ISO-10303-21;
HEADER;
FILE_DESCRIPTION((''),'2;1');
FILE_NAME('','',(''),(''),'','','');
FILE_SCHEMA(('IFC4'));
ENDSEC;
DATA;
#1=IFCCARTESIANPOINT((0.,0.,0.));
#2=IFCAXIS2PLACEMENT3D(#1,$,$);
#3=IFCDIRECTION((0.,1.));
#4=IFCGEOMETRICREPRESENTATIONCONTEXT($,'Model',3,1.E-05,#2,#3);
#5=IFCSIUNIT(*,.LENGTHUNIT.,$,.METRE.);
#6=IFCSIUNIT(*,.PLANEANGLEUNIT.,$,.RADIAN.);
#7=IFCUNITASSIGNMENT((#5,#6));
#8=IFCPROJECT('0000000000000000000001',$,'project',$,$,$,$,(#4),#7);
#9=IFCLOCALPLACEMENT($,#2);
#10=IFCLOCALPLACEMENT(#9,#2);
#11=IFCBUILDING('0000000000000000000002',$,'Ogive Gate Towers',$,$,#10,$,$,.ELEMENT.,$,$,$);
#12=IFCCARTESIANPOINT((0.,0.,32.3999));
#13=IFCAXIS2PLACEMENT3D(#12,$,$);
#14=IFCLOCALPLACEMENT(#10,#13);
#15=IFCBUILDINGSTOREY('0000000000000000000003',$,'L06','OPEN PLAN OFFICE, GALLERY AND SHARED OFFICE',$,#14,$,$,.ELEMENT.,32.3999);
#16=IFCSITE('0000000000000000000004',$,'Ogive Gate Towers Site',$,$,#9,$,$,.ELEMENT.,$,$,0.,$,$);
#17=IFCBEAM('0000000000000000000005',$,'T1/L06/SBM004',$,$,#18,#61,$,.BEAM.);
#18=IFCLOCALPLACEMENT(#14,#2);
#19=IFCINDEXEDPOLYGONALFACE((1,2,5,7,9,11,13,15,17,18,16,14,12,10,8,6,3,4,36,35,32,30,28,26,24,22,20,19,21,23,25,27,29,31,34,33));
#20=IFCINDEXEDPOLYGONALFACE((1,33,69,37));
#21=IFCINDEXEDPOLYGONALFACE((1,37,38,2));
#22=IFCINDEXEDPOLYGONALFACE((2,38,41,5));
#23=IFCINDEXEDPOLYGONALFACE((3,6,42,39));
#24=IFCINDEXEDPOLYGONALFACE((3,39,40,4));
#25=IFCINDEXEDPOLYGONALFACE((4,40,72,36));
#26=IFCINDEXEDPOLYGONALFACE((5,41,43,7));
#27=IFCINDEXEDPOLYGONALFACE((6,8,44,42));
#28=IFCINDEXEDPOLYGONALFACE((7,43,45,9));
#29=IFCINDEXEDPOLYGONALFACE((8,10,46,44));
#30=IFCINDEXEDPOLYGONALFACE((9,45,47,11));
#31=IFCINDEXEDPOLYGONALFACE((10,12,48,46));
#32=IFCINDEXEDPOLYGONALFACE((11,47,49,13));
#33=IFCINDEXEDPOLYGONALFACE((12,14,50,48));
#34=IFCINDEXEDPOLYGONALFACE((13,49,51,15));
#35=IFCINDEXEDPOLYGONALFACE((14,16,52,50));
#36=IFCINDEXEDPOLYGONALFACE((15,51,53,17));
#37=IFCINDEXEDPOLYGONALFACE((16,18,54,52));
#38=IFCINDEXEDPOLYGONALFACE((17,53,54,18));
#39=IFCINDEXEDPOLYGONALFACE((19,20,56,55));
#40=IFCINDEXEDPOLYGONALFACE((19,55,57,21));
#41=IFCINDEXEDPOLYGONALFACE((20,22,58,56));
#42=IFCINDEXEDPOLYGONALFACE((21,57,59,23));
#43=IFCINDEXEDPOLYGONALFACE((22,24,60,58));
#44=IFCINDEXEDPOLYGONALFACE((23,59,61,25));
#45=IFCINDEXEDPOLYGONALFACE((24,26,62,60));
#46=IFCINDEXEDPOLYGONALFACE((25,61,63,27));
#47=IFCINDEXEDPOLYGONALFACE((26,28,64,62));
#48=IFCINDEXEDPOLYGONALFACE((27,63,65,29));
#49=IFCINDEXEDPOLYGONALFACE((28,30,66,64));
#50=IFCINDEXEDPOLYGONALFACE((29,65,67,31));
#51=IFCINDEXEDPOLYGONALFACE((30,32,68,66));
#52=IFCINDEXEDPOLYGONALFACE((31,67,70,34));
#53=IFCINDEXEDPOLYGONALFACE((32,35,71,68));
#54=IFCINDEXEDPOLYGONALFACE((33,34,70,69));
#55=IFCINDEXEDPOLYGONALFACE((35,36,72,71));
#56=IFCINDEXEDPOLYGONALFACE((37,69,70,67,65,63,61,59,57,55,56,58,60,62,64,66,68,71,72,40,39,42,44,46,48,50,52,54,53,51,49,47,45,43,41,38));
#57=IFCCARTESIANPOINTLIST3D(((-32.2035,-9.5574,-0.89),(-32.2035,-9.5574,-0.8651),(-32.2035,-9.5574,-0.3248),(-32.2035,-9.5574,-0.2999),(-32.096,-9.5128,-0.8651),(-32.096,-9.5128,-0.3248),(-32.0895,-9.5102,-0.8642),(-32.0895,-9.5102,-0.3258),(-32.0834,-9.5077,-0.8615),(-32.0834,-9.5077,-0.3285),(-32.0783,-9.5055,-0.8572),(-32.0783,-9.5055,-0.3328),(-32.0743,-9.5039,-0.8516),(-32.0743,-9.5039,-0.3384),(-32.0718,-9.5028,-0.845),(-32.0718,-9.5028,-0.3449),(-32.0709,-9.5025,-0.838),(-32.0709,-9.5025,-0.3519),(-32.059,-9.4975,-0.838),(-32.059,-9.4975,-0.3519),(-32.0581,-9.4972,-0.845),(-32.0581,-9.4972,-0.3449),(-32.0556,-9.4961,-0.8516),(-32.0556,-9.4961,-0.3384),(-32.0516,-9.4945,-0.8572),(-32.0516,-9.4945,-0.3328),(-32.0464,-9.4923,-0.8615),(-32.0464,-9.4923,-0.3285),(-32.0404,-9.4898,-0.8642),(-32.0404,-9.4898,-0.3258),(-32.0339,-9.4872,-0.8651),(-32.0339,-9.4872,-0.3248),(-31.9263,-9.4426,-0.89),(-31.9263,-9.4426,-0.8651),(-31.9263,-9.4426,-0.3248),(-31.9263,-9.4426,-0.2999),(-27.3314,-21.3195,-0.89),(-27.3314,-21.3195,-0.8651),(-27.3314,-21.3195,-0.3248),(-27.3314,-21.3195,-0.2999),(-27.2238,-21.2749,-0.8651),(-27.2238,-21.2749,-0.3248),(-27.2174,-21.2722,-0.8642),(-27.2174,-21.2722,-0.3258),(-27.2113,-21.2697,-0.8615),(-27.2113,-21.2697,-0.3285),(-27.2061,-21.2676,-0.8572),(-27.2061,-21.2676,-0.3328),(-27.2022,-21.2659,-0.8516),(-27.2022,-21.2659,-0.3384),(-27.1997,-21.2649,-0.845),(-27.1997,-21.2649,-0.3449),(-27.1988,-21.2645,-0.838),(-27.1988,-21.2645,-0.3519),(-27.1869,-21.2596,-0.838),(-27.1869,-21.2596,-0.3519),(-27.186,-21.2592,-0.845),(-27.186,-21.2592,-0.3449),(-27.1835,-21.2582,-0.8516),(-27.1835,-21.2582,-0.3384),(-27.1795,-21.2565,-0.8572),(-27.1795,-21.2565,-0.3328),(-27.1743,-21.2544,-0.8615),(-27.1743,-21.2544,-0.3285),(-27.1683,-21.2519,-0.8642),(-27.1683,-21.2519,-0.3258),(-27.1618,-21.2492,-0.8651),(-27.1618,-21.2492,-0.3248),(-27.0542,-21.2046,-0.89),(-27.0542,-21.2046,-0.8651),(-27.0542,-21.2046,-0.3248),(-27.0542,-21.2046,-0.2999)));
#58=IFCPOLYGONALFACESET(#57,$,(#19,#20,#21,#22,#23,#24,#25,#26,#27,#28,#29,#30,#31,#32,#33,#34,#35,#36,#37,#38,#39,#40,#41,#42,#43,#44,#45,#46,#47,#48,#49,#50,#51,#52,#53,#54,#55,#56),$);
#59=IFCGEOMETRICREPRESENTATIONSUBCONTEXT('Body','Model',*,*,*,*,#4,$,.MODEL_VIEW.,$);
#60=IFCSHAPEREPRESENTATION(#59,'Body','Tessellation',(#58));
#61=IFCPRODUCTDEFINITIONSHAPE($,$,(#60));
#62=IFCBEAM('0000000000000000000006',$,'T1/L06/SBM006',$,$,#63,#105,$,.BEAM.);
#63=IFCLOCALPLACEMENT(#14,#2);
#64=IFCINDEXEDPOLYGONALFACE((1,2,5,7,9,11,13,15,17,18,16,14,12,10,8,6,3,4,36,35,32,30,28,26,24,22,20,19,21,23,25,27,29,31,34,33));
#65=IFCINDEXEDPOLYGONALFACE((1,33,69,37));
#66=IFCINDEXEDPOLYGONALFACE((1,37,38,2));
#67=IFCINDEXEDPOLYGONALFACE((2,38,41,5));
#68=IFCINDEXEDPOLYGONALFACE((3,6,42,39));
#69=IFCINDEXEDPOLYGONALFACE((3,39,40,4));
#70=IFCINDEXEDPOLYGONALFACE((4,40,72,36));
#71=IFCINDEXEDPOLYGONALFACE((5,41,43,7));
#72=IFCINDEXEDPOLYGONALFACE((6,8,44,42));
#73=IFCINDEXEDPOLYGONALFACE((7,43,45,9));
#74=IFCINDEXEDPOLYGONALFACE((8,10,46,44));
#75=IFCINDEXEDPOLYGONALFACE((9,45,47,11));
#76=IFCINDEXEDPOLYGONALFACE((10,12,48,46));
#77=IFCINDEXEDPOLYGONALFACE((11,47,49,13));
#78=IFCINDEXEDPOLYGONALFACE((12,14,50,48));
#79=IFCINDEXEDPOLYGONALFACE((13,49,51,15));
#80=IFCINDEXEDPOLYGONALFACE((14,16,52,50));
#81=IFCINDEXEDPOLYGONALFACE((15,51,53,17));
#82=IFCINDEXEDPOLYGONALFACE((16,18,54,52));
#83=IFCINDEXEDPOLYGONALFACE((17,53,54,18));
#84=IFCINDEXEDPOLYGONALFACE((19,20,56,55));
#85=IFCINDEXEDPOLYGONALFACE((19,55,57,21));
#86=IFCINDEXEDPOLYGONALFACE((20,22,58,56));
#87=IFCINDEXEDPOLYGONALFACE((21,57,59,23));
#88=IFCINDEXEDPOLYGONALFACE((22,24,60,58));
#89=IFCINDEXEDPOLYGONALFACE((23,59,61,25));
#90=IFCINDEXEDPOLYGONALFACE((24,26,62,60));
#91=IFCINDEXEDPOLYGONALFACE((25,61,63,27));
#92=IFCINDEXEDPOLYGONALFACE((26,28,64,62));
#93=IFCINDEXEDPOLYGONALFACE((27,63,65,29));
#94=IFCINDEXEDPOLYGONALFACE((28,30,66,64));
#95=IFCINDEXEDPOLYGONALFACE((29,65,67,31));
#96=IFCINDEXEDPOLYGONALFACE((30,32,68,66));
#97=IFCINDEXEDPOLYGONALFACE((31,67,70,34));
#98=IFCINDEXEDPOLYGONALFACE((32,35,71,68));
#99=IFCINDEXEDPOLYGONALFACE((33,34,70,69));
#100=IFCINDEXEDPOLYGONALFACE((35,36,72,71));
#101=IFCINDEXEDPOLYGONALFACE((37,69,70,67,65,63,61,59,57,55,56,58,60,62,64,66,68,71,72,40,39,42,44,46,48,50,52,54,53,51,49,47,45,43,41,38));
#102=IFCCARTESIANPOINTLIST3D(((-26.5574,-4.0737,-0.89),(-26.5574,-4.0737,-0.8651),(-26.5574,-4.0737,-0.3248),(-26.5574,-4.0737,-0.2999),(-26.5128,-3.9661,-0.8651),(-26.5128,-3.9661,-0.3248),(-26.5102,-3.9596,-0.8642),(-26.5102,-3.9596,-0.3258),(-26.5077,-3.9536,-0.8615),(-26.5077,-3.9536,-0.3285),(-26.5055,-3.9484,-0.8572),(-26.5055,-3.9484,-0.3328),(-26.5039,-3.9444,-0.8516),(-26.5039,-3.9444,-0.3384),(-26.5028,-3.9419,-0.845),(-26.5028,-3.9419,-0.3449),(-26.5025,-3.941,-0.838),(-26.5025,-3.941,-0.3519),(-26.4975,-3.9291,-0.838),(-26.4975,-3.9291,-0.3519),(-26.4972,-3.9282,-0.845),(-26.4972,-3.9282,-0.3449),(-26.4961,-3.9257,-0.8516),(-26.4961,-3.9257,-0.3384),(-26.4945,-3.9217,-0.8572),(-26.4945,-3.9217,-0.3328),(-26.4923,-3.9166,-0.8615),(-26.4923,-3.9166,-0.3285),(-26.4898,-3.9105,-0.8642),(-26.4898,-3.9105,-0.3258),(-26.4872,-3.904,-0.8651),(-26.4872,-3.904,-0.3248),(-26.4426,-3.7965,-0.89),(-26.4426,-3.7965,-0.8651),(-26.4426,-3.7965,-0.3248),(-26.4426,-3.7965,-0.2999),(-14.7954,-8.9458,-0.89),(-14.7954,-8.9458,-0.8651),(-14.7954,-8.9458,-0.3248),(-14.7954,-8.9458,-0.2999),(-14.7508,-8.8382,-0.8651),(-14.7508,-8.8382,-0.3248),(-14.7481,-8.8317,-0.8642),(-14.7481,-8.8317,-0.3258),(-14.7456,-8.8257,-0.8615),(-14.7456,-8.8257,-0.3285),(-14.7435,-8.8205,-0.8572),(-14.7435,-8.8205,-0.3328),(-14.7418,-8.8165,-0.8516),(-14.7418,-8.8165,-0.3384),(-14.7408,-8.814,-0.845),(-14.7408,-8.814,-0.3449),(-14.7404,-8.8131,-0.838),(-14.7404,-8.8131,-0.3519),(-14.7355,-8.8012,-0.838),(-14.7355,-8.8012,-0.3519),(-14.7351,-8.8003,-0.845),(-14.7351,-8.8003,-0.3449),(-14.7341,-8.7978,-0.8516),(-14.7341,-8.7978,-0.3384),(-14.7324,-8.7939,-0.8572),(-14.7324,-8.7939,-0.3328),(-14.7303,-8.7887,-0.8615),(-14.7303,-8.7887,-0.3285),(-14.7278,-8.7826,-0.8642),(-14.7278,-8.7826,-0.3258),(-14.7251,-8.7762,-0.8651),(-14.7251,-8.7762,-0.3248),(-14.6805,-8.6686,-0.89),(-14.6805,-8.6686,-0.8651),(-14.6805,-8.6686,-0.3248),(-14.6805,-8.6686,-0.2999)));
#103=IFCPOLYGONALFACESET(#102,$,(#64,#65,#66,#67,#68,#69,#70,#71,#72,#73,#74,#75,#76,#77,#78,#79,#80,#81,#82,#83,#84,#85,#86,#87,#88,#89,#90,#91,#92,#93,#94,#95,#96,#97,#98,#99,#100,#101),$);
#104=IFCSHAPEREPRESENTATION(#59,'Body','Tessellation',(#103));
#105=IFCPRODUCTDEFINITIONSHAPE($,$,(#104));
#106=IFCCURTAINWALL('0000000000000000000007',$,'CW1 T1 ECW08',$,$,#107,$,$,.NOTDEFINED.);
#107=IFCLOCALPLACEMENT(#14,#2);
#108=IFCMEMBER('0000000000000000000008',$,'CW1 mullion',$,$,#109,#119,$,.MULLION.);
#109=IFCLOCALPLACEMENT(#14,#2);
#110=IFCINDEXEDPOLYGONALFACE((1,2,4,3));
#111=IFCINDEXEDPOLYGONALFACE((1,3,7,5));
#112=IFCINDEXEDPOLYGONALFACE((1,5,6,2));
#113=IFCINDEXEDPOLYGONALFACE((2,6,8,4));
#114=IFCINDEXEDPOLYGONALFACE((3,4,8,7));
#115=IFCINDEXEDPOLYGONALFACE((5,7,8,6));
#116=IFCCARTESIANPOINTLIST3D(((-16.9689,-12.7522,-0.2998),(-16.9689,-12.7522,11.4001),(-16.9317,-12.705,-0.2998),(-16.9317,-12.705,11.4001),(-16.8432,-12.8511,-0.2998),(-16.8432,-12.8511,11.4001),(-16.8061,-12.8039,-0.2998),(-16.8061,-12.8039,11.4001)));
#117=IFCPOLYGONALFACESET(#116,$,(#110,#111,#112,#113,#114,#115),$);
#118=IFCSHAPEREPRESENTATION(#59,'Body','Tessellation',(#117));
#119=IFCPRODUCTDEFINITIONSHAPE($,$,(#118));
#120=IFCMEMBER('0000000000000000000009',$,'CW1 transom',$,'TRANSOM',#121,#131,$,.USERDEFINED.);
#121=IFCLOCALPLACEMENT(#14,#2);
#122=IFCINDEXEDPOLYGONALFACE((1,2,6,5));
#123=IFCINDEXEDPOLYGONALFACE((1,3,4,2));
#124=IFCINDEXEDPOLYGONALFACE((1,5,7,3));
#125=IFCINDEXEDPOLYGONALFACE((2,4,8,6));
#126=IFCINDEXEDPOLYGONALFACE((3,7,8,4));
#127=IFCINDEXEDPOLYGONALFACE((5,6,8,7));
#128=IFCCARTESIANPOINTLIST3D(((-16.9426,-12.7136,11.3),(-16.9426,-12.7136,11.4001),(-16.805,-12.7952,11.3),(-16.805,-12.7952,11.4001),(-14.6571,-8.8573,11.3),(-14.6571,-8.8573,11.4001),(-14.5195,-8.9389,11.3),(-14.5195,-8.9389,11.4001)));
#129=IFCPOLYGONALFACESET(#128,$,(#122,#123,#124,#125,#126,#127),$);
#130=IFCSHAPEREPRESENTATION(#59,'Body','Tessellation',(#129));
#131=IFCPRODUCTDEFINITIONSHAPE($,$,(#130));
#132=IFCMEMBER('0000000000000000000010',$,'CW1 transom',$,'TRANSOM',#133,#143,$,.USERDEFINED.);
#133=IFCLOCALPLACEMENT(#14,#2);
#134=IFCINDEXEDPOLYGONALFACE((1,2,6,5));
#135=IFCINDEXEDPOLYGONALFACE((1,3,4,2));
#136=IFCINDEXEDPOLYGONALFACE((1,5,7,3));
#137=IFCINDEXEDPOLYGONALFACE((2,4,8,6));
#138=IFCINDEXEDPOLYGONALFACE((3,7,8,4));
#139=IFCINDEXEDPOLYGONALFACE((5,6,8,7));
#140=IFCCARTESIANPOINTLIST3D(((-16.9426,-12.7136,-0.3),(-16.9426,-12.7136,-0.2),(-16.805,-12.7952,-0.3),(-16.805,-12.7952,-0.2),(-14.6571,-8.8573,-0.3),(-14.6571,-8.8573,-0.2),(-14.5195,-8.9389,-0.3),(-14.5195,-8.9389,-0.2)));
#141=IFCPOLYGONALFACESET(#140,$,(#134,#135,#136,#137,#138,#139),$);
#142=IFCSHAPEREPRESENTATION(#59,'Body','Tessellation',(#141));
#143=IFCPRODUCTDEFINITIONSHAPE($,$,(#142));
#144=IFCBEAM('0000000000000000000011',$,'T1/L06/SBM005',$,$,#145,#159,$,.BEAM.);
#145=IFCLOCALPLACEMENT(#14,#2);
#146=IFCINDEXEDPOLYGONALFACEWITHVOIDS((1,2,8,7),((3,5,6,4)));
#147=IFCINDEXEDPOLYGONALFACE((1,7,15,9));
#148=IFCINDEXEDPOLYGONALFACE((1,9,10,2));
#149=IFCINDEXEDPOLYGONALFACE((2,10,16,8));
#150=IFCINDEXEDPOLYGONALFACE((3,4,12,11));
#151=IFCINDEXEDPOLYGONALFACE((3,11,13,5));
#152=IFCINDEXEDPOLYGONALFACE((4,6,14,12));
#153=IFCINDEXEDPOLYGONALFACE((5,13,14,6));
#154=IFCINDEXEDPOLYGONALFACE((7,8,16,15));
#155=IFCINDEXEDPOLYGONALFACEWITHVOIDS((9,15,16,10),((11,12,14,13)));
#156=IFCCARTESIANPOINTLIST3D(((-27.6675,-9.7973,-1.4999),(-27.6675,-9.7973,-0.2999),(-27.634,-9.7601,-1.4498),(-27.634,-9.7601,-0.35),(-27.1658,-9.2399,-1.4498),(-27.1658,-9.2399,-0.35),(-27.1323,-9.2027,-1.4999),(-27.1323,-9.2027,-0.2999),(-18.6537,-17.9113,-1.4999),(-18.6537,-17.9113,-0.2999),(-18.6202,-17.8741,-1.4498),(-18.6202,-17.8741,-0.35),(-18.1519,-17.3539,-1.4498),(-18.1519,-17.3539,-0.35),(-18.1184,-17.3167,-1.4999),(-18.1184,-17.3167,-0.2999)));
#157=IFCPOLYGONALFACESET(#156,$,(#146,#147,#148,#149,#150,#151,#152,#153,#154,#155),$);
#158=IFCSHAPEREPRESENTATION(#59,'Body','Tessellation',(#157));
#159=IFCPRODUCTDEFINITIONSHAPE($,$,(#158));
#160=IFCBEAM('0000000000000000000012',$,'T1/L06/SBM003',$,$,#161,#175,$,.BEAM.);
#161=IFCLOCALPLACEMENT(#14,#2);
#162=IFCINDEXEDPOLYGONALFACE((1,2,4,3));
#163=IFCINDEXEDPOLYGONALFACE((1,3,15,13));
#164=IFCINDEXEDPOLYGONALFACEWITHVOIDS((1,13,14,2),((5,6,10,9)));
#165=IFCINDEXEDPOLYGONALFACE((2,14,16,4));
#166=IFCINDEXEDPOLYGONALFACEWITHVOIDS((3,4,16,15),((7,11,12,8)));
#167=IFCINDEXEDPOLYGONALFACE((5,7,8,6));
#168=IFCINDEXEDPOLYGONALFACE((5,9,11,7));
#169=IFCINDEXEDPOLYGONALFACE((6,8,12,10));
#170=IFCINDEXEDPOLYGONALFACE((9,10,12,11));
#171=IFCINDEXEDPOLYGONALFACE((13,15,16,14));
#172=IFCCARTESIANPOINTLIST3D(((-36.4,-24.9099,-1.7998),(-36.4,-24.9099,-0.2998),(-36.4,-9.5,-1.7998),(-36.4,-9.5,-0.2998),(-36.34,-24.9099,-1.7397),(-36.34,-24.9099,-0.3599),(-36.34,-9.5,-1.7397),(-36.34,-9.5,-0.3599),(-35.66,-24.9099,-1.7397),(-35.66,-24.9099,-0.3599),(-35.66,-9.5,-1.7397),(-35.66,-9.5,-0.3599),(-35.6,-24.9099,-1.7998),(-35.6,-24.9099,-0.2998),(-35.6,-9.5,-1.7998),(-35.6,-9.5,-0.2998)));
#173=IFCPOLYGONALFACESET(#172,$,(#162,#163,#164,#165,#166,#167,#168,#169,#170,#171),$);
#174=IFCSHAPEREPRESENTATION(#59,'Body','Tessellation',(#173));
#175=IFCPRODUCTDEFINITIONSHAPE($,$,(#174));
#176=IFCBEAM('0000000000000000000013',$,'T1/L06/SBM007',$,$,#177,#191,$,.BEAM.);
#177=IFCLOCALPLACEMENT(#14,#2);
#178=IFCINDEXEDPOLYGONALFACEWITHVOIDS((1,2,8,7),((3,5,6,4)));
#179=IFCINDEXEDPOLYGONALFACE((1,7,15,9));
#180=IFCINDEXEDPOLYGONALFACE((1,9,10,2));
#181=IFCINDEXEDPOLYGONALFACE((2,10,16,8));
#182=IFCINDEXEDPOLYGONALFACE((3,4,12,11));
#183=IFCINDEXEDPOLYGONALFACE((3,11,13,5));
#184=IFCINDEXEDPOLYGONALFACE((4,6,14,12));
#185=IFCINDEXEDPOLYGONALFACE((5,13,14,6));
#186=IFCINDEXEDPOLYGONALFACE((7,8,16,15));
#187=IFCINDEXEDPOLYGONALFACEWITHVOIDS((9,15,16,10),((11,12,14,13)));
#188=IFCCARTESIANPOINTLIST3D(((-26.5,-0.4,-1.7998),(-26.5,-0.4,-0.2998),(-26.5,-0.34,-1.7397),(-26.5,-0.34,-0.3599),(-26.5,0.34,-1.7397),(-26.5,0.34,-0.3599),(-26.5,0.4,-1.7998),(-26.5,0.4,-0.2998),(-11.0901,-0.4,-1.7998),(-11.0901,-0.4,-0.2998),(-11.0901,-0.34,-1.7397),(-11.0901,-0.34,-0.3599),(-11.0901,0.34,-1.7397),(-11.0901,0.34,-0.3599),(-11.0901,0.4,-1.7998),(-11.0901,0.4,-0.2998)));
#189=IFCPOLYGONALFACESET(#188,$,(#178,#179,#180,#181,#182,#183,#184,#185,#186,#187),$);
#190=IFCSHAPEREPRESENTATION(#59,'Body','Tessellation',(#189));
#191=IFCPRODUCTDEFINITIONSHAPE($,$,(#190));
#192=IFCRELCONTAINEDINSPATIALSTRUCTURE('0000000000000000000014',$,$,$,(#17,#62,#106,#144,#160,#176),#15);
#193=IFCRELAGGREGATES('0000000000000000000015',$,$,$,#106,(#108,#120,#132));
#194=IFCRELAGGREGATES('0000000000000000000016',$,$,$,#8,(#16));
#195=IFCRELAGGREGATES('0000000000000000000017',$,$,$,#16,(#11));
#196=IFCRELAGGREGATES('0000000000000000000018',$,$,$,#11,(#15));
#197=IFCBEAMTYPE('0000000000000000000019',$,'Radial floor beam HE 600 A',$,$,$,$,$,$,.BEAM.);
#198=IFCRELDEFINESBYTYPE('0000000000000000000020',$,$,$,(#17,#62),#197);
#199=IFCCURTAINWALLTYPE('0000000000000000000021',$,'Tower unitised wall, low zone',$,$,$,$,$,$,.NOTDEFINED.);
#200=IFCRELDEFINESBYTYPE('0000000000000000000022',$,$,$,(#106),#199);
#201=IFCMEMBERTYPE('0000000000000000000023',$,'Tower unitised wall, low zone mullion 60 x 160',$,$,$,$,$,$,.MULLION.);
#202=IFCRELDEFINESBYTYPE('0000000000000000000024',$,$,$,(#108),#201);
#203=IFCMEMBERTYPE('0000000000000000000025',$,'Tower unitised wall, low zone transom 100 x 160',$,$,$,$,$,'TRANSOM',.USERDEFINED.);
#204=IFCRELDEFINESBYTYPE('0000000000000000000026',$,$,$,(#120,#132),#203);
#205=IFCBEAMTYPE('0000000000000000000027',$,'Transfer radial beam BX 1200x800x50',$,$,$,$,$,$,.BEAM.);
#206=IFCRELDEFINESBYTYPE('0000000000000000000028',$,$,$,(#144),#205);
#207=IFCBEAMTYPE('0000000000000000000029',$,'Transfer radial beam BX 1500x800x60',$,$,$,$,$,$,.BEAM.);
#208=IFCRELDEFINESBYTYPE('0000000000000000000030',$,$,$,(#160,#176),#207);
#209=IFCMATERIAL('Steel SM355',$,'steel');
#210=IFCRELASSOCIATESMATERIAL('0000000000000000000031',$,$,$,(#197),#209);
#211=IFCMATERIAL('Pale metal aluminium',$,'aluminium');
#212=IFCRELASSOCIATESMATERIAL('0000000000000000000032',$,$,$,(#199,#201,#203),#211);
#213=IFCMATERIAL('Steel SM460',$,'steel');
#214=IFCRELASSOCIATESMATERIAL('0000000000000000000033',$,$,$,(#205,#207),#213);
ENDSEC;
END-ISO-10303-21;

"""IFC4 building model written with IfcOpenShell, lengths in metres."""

from ifc_helpers import new_model, si_unit, direction, frame, origin, origin_2d, place, context, subcontext, project, spatial, rectangle, hollow_rectangle, i_section, extrude, material, material_profile, profile_set, type_object, element, aggregate, save


model = new_model("IFC4")

# Units and contexts
model_context = context("Model", 3, precision=1e-05, world=origin(), true_north=direction((0.0, 1.0)))
body_context = subcontext(model_context, "Body", "Model", "MODEL_VIEW")
ifc_project = project(units=[si_unit("LENGTHUNIT", "METRE"), si_unit("PLANEANGLEUNIT", "RADIAN")], contexts=[model_context])

# Site, building, storey
site_placement = place(None, origin())
site = spatial("IfcSite", under=ifc_project, at=site_placement, Name="Ogive Gate Towers Site", CompositionType="ELEMENT", RefElevation=0.0)
building_placement = place(site_placement, origin())
building = spatial("IfcBuilding", under=site, at=building_placement, Name="Ogive Gate Towers", CompositionType="ELEMENT")
storey_placement = place(building_placement, frame((0.0, 0.0, 32.3999)))
storey = spatial("IfcBuildingStorey", under=building, at=storey_placement, Name="L06", Description="OPEN PLAN OFFICE, GALLERY AND SHARED OFFICE", CompositionType="ELEMENT", Elevation=32.3999)

# Beams
ifc_material_1 = material(Name="Steel SM355", Category="steel")
ifc_material_profile_1 = material_profile(ifc_material_1, i_section(OverallWidth=0.3, OverallDepth=0.5901, WebThickness=0.0129, FlangeThickness=0.0249, FilletRadius=0.0271, at=origin_2d()), Name="HE 600 A")
ifc_profile_set_1 = profile_set([ifc_material_profile_1], Name="Steel SM355")
beam_type_1 = type_object("IfcBeamType", Name="Radial floor beam HE 600 A", PredefinedType="BEAM", material=ifc_profile_set_1)
for number, where, z_axis, x_axis, name in (
    (1, (-32.0649, -9.5, -0.595), (0.382691, -0.923877, 0.0), (0.923877, 0.382691, 0.0), "T1/L06/SBM004"),
    (2, (-26.5, -3.9351, -0.595), (0.923877, -0.382691, 0.0), (0.382691, 0.923877, 0.0), "T1/L06/SBM006"),
):
    element("IfcBeam", number, at=place(storey_placement, frame(where, z_axis=z_axis, x_axis=x_axis)), inside=storey, type_object=beam_type_1, Name=name, PredefinedType="BEAM", context=body_context, shape_type="SweptSolid", body=[
        extrude(i_section(OverallWidth=0.3, OverallDepth=0.5901, WebThickness=0.0129, FlangeThickness=0.0249, FilletRadius=0.0271, at=origin_2d()), origin(), (0.0, 0.0, 1.0), 12.7312),
    ])

# Curtain wall, members
ifc_material_2 = material(Name="Pale metal aluminium", Category="aluminium")
curtain_wall_type = type_object("IfcCurtainWallType", Name="Tower unitised wall, low zone", PredefinedType="NOTDEFINED", material=ifc_material_2)
curtain_wall_placement = place(storey_placement, origin())
curtain_wall = element("IfcCurtainWall", 3, at=curtain_wall_placement, inside=storey, type_object=curtain_wall_type, Name="CW1 T1 ECW08", PredefinedType="NOTDEFINED")
ifc_material_profile_2 = material_profile(ifc_material_2, rectangle(XDim=0.1599, YDim=0.0601, at=origin_2d()), Name="60 x 160 aluminium box")
ifc_profile_set_2 = profile_set([ifc_material_profile_2], Name="Pale metal aluminium")
member_type_1 = type_object("IfcMemberType", Name="Tower unitised wall, low zone mullion 60 x 160", PredefinedType="MULLION", material=ifc_profile_set_2)
member_1_placement = place(storey_placement, frame((-16.8875, -12.7781, -0.2998), z_axis=(0.0, 0.0, 1.0), x_axis=(0.78576, -0.618532, 0.0)))
member_1 = element("IfcMember", 4, at=member_1_placement, type_object=member_type_1, Name="CW1 mullion", PredefinedType="MULLION", context=body_context, shape_type="SweptSolid", body=[
    extrude(rectangle(XDim=0.1599, YDim=0.0601, at=origin_2d()), origin(), (0.0, 0.0, 1.0), 11.7),
])
ifc_material_profile_3 = material_profile(ifc_material_2, rectangle(XDim=0.1599, YDim=0.1001, at=origin_2d()), Name="100 x 160 aluminium box")
ifc_profile_set_3 = profile_set([ifc_material_profile_3], Name="Pale metal aluminium")
member_type_2 = type_object("IfcMemberType", Name="Tower unitised wall, low zone transom 100 x 160", ElementType="TRANSOM", PredefinedType="USERDEFINED", material=ifc_profile_set_3)
member_2_placement = place(storey_placement, frame((-16.8738, -12.7544, 11.3501), z_axis=(0.509843, 0.860268, 0.0), x_axis=(-0.860268, 0.509843, 0.0)))
member_2 = element("IfcMember", 5, at=member_2_placement, type_object=member_type_2, Name="CW1 transom", ObjectType="TRANSOM", PredefinedType="USERDEFINED", context=body_context, shape_type="SweptSolid", body=[
    extrude(rectangle(XDim=0.1599, YDim=0.1001, at=origin_2d()), origin(), (0.0, 0.0, 1.0), 4.4827),
])
member_3_placement = place(storey_placement, frame((-16.8738, -12.7544, -0.25), z_axis=(0.509843, 0.860268, 0.0), x_axis=(-0.860268, 0.509843, 0.0)))
member_3 = element("IfcMember", 6, at=member_3_placement, type_object=member_type_2, Name="CW1 transom", ObjectType="TRANSOM", PredefinedType="USERDEFINED", context=body_context, shape_type="SweptSolid", body=[
    extrude(rectangle(XDim=0.1599, YDim=0.1001, at=origin_2d()), origin(), (0.0, 0.0, 1.0), 4.4827),
])

# Beams
ifc_material_3 = material(Name="Steel SM460", Category="steel")
ifc_material_profile_4 = material_profile(ifc_material_3, hollow_rectangle(XDim=0.8, YDim=1.2, WallThickness=0.05, at=origin_2d()), Name="BX 1200x800x50")
ifc_profile_set_4 = profile_set([ifc_material_profile_4], Name="Steel SM460")
beam_type_2 = type_object("IfcBeamType", Name="Transfer radial beam BX 1200x800x50", PredefinedType="BEAM", material=ifc_profile_set_4)
beam_placement = place(storey_placement, frame((-27.3999, -9.5, -0.8999), z_axis=(0.743233, -0.669033, 0.0), x_axis=(0.669033, 0.743233, 0.0)))
element("IfcBeam", 7, at=beam_placement, inside=storey, type_object=beam_type_2, Name="T1/L06/SBM005", PredefinedType="BEAM", context=body_context, shape_type="SweptSolid", body=[
    extrude(hollow_rectangle(XDim=0.8, YDim=1.2, WallThickness=0.05, at=origin_2d()), origin(), (0.0, 0.0, 1.0), 12.1279),
])
ifc_material_profile_5 = material_profile(ifc_material_3, hollow_rectangle(XDim=0.8, YDim=1.5, WallThickness=0.0601, at=origin_2d()), Name="BX 1500x800x60")
ifc_profile_set_5 = profile_set([ifc_material_profile_5], Name="Steel SM460")
beam_type_3 = type_object("IfcBeamType", Name="Transfer radial beam BX 1500x800x60", PredefinedType="BEAM", material=ifc_profile_set_5)
for number, where, z_axis, x_axis, name in (
    (8, (-36.0, -9.5, -1.0498), (0.0, -1.0, 0.0), (1.0, 0.0, 0.0), "T1/L06/SBM003"),
    (9, (-26.5, 0.0, -1.0498), (1.0, 0.0, 0.0), (0.0, 1.0, 0.0), "T1/L06/SBM007"),
):
    element("IfcBeam", number, at=place(storey_placement, frame(where, z_axis=z_axis, x_axis=x_axis)), inside=storey, type_object=beam_type_3, Name=name, PredefinedType="BEAM", context=body_context, shape_type="SweptSolid", body=[
        extrude(hollow_rectangle(XDim=0.8, YDim=1.5, WallThickness=0.0601, at=origin_2d()), origin(), (0.0, 0.0, 1.0), 15.4099),
    ])

aggregate(curtain_wall, [member_1, member_2, member_3])

save(model, "model.ifc")
